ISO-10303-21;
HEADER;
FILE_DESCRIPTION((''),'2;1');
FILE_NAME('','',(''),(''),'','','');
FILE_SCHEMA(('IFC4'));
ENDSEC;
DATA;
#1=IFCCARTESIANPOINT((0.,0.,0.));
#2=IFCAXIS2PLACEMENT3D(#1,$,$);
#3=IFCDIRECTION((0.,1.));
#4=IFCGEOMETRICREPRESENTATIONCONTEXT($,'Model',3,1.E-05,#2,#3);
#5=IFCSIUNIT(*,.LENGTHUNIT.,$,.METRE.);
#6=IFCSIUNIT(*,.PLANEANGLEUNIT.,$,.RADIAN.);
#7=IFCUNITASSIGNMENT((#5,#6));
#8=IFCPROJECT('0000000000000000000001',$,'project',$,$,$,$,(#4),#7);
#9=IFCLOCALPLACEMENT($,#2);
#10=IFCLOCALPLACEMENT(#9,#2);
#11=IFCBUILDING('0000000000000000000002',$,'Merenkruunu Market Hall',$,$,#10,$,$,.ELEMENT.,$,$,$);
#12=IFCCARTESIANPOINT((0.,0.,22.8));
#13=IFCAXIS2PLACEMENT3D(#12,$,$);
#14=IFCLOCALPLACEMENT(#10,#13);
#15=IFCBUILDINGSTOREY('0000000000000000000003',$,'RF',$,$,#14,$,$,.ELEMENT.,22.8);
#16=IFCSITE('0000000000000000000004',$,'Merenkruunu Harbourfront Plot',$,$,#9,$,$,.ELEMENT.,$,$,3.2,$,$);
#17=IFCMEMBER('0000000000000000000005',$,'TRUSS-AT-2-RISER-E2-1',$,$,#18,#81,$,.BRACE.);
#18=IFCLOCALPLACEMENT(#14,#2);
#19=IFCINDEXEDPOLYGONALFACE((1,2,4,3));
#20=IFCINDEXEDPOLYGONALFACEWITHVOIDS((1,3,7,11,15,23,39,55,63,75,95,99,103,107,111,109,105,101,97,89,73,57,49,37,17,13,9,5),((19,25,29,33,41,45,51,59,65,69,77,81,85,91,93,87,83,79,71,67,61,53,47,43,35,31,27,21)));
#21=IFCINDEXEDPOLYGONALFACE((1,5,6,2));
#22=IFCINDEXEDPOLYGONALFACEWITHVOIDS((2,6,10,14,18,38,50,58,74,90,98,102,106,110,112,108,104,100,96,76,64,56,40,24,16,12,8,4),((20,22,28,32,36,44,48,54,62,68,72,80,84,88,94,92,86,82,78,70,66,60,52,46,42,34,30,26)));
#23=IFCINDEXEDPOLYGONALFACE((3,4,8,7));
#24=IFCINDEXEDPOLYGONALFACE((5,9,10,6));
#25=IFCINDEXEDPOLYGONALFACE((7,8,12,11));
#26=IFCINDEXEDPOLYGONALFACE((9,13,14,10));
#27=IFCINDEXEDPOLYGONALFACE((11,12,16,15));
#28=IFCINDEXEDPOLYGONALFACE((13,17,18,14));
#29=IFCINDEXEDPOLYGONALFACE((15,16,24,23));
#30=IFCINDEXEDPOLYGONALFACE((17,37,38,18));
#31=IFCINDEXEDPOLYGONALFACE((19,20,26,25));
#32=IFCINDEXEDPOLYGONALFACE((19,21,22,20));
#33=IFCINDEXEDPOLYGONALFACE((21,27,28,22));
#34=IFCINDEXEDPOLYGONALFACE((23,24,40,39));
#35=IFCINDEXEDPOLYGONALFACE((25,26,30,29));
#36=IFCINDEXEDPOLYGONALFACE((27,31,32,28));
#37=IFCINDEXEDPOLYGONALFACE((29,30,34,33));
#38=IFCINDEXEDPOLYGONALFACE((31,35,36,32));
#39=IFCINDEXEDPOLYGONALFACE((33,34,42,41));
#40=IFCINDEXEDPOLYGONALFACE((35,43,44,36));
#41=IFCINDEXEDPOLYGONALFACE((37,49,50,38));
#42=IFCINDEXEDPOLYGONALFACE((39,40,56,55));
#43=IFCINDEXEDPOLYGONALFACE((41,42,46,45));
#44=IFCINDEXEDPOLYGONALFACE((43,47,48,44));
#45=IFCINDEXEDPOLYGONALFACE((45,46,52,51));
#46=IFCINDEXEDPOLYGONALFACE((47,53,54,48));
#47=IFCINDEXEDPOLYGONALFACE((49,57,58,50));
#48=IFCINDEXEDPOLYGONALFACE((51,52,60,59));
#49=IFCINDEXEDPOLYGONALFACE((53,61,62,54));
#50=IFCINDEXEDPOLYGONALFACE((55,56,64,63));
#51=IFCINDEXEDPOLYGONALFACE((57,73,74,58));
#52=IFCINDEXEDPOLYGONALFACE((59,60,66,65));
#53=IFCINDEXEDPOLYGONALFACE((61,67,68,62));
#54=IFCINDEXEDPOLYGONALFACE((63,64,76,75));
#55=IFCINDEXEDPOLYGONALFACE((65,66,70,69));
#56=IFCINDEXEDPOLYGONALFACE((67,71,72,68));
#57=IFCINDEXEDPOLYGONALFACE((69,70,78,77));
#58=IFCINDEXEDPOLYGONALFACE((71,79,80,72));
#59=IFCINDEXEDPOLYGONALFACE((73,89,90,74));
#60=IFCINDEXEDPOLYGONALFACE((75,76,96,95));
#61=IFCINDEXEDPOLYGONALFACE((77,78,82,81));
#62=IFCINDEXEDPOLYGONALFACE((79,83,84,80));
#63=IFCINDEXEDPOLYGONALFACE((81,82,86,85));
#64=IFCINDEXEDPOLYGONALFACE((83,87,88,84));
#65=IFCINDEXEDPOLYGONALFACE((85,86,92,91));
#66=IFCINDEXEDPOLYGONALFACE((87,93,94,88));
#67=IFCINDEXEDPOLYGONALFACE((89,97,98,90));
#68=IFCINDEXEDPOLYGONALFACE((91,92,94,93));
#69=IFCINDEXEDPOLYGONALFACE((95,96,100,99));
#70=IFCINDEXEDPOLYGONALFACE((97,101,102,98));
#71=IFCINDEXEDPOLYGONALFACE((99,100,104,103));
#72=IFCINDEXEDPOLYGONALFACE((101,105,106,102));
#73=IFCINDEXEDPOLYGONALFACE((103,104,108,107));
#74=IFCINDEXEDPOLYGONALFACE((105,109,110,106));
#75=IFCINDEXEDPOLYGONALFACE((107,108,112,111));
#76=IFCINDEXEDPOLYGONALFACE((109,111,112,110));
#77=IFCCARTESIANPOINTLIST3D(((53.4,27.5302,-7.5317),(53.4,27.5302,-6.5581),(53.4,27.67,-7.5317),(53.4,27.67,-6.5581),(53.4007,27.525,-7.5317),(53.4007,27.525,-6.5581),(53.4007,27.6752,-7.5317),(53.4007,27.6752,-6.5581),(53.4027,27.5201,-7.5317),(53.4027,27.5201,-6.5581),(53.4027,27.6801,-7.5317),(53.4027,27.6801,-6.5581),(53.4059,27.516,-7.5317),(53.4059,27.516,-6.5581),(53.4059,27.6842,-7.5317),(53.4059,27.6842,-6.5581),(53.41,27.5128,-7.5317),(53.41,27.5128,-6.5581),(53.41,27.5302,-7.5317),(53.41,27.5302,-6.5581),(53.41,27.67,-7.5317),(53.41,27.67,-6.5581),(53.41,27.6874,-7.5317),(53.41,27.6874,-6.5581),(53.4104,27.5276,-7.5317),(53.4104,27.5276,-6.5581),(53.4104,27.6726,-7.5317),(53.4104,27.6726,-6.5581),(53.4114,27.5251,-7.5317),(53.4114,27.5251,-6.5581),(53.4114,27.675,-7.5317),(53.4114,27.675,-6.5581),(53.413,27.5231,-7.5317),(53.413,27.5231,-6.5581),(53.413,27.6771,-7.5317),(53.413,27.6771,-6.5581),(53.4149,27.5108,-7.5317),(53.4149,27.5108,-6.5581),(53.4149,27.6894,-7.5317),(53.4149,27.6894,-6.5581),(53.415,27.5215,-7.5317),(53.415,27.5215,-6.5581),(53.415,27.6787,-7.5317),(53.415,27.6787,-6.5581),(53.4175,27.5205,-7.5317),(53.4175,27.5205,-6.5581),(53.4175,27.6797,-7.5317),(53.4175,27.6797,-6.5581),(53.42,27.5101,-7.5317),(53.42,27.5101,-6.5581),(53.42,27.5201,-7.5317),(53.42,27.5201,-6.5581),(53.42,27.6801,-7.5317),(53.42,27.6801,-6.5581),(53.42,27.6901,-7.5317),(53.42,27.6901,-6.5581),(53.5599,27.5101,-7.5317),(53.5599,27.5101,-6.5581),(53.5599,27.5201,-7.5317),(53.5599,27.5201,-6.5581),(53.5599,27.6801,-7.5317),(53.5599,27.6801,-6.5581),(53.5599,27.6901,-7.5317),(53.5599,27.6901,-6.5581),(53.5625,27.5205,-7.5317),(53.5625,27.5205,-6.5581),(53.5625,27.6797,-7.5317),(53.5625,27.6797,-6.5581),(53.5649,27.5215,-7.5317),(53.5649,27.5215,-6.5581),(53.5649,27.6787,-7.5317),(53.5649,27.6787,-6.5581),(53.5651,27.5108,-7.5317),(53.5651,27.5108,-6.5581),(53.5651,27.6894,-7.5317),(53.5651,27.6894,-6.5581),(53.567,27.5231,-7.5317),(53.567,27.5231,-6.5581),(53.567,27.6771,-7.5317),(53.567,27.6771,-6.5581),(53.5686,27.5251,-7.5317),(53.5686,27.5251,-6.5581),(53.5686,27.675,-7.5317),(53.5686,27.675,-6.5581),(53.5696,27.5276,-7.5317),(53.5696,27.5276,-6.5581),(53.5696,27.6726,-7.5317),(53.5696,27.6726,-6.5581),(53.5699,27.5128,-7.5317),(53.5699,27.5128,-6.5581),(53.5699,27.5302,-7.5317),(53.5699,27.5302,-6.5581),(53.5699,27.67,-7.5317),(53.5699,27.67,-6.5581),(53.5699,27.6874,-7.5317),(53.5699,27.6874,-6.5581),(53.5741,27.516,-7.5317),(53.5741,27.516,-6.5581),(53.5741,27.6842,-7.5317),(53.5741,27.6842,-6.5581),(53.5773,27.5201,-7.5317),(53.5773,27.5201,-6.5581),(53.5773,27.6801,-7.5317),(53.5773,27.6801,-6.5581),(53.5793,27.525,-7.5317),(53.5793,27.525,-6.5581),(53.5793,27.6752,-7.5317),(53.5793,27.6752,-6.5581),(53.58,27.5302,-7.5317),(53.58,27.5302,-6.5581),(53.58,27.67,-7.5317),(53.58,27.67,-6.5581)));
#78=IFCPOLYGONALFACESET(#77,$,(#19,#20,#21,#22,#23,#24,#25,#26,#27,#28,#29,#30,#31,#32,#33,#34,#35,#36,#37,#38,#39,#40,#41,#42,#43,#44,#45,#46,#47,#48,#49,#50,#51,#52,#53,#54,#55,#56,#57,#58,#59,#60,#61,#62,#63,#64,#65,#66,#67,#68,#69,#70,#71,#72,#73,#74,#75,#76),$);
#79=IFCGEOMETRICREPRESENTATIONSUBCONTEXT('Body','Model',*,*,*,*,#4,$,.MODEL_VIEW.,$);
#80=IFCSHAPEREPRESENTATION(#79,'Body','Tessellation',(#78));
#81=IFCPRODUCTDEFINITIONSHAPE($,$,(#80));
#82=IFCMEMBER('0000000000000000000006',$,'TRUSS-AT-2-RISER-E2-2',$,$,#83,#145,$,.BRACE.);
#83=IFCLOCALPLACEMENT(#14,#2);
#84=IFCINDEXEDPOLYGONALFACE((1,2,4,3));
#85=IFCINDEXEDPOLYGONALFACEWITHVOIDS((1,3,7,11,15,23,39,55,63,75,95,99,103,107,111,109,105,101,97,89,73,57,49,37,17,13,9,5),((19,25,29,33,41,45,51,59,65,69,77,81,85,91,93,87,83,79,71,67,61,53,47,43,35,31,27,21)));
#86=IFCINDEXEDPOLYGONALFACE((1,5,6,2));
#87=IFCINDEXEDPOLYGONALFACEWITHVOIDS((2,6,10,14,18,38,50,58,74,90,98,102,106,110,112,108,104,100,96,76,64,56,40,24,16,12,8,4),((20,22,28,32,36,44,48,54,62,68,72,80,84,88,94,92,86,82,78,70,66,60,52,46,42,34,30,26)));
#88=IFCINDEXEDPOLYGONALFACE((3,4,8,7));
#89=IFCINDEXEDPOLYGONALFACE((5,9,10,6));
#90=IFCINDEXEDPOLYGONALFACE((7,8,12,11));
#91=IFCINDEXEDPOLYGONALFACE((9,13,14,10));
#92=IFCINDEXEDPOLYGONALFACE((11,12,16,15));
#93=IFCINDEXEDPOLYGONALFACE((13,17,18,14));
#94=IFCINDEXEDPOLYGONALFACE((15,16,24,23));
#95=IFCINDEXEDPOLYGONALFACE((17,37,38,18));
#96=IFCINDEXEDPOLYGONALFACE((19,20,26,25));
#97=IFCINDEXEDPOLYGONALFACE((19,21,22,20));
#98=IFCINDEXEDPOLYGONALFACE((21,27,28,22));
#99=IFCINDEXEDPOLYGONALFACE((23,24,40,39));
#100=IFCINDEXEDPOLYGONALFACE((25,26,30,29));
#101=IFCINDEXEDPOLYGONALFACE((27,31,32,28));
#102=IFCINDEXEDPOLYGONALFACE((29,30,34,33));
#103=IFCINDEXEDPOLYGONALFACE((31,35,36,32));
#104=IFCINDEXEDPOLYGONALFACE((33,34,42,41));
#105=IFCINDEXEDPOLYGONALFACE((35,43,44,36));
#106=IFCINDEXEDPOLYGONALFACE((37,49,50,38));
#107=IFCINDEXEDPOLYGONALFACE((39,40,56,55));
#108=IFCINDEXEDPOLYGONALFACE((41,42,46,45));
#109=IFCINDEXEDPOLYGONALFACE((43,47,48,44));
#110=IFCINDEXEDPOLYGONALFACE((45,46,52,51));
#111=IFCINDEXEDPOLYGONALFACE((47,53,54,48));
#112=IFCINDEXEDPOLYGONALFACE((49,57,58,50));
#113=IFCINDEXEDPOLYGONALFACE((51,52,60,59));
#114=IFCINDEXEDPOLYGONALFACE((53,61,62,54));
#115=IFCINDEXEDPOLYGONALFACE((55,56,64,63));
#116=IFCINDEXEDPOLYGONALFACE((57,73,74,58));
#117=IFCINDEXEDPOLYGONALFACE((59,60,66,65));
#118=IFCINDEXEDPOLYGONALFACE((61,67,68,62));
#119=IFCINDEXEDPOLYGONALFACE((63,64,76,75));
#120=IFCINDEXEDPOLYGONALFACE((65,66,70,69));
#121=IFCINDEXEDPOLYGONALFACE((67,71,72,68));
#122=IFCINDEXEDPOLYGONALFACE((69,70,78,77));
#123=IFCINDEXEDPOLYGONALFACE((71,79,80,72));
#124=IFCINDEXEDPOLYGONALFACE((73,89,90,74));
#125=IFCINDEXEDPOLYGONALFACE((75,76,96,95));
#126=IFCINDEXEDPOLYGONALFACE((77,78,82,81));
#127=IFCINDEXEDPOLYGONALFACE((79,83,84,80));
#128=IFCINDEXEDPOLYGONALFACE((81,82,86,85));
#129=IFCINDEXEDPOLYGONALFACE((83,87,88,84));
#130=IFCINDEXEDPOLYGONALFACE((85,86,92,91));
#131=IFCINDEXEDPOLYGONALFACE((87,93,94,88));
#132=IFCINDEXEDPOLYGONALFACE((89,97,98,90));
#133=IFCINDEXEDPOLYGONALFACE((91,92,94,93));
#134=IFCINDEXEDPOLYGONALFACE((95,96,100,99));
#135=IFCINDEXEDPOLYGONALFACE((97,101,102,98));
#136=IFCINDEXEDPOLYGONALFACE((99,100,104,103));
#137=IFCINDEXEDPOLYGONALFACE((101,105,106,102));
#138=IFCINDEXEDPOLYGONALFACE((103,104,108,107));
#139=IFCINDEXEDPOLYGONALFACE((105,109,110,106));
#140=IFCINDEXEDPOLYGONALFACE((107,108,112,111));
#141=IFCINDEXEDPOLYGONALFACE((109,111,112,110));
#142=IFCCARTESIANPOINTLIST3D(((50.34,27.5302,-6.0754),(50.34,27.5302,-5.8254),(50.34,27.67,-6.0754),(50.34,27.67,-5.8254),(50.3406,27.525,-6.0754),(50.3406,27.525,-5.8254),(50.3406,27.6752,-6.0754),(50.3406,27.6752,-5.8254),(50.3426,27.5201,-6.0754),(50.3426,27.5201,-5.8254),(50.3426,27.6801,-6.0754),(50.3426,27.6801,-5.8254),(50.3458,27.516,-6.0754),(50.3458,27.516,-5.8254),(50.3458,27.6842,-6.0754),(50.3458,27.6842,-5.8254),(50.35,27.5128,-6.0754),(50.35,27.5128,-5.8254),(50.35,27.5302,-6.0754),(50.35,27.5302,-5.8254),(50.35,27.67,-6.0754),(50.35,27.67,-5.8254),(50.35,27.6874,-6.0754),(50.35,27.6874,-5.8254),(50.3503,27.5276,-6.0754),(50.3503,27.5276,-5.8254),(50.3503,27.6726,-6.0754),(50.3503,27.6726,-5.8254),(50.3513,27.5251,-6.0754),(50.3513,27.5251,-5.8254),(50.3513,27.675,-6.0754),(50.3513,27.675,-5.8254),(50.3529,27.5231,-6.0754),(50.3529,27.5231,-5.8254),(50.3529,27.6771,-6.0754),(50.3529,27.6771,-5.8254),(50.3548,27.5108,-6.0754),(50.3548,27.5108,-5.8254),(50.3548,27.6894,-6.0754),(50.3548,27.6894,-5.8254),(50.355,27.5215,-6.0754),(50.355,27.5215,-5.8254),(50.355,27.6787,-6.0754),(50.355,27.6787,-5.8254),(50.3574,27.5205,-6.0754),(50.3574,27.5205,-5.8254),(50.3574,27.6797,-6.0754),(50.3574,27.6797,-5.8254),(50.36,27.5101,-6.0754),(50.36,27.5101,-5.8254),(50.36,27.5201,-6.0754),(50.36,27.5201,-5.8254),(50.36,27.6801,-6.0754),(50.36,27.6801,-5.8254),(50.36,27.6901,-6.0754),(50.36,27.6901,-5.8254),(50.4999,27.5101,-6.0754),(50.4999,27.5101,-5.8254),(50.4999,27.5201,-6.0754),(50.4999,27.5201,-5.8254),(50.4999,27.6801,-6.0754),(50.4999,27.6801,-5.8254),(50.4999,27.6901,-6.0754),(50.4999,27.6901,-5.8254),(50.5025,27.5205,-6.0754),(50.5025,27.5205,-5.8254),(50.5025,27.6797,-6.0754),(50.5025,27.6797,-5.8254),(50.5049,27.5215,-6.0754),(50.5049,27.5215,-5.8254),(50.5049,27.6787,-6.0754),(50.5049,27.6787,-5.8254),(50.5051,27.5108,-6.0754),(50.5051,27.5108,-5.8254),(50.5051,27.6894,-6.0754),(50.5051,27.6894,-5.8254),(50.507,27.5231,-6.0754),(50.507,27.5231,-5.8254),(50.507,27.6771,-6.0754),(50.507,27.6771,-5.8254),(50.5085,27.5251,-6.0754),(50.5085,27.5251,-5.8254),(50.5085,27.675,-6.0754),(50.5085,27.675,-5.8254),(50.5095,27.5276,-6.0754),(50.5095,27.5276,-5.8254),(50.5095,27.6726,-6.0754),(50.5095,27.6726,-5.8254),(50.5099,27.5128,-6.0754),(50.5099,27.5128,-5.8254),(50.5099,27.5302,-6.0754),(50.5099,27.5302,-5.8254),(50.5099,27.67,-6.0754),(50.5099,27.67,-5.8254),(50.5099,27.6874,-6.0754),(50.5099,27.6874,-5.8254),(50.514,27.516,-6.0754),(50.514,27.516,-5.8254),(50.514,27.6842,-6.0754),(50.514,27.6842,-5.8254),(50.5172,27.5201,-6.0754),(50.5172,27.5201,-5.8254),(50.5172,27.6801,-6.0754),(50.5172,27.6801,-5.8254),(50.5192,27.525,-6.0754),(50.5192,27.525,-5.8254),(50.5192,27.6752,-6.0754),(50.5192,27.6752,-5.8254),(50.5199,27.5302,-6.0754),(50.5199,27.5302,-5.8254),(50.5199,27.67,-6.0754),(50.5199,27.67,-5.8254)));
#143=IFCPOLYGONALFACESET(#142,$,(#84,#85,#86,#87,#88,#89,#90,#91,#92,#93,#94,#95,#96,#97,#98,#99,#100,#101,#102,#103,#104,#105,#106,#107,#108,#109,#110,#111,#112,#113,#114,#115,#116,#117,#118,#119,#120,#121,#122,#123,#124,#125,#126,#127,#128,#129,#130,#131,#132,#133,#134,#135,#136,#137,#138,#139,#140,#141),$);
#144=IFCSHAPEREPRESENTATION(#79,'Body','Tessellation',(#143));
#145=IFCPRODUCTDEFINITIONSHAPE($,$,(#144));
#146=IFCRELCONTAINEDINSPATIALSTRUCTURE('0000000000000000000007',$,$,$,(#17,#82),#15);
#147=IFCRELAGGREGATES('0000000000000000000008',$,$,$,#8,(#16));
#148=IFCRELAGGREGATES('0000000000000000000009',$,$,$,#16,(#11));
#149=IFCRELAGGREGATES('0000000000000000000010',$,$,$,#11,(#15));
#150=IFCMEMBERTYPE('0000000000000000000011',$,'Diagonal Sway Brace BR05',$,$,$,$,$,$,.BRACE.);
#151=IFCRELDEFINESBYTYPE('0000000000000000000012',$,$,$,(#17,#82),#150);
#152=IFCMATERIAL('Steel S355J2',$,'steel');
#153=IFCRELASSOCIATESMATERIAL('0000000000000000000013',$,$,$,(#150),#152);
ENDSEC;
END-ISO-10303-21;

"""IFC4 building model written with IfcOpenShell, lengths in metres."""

from ifc_helpers import new_model, si_unit, direction, frame, origin, origin_2d, place, context, subcontext, project, spatial, hollow_rectangle, extrude, material, material_profile, profile_set, type_object, element, save


model = new_model("IFC4")

# Units and contexts
model_context = context("Model", 3, precision=1e-05, world=origin(), true_north=direction((0.0, 1.0)))
body_context = subcontext(model_context, "Body", "Model", "MODEL_VIEW")
ifc_project = project(units=[si_unit("LENGTHUNIT", "METRE"), si_unit("PLANEANGLEUNIT", "RADIAN")], contexts=[model_context])

# Site, building, storey
site_placement = place(None, origin())
site = spatial("IfcSite", under=ifc_project, at=site_placement, Name="Merenkruunu Harbourfront Plot", CompositionType="ELEMENT", RefElevation=3.2)
building_placement = place(site_placement, origin())
building = spatial("IfcBuilding", under=site, at=building_placement, Name="Merenkruunu Market Hall", CompositionType="ELEMENT")
storey_placement = place(building_placement, frame((0.0, 0.0, 22.8)))
storey = spatial("IfcBuildingStorey", under=building, at=storey_placement, Name="RF", CompositionType="ELEMENT", Elevation=22.8)

# Members
ifc_material_1 = material(Name="Steel S355J2", Category="steel")
ifc_material_profile_1 = material_profile(ifc_material_1, hollow_rectangle(XDim=0.1799, YDim=0.1799, WallThickness=0.01, InnerFilletRadius=0.01, OuterFilletRadius=0.02, at=origin_2d()), Name="SHS 180x180x10")
ifc_profile_set_1 = profile_set([ifc_material_profile_1], Name="Steel S355J2")
member_type_1 = type_object("IfcMemberType", Name="Diagonal Sway Brace BR05", PredefinedType="BRACE", material=ifc_profile_set_1)
member_1_placement = place(storey_placement, frame((53.49, 27.6001, -7.5317), z_axis=(0.0, 0.0, 1.0), x_axis=(1.0, 0.0, 0.0)))
element("IfcMember", 1, at=member_1_placement, inside=storey, type_object=member_type_1, Name="TRUSS-AT-2-RISER-E2-1", PredefinedType="BRACE", context=body_context, shape_type="SweptSolid", body=[
    extrude(hollow_rectangle(XDim=0.1799, YDim=0.1799, WallThickness=0.01, InnerFilletRadius=0.01, OuterFilletRadius=0.02, at=origin_2d()), origin(), (0.0, 0.0, 1.0), 0.9736),
])
member_2_placement = place(storey_placement, frame((50.4299, 27.6001, -6.0754), z_axis=(0.0, 0.0, 1.0), x_axis=(1.0, 0.0, 0.0)))
element("IfcMember", 2, at=member_2_placement, inside=storey, type_object=member_type_1, Name="TRUSS-AT-2-RISER-E2-2", PredefinedType="BRACE", context=body_context, shape_type="SweptSolid", body=[
    extrude(hollow_rectangle(XDim=0.1799, YDim=0.1799, WallThickness=0.01, InnerFilletRadius=0.01, OuterFilletRadius=0.02, at=origin_2d()), origin(), (0.0, 0.0, 1.0), 0.25),
])

save(model, "model.ifc")
